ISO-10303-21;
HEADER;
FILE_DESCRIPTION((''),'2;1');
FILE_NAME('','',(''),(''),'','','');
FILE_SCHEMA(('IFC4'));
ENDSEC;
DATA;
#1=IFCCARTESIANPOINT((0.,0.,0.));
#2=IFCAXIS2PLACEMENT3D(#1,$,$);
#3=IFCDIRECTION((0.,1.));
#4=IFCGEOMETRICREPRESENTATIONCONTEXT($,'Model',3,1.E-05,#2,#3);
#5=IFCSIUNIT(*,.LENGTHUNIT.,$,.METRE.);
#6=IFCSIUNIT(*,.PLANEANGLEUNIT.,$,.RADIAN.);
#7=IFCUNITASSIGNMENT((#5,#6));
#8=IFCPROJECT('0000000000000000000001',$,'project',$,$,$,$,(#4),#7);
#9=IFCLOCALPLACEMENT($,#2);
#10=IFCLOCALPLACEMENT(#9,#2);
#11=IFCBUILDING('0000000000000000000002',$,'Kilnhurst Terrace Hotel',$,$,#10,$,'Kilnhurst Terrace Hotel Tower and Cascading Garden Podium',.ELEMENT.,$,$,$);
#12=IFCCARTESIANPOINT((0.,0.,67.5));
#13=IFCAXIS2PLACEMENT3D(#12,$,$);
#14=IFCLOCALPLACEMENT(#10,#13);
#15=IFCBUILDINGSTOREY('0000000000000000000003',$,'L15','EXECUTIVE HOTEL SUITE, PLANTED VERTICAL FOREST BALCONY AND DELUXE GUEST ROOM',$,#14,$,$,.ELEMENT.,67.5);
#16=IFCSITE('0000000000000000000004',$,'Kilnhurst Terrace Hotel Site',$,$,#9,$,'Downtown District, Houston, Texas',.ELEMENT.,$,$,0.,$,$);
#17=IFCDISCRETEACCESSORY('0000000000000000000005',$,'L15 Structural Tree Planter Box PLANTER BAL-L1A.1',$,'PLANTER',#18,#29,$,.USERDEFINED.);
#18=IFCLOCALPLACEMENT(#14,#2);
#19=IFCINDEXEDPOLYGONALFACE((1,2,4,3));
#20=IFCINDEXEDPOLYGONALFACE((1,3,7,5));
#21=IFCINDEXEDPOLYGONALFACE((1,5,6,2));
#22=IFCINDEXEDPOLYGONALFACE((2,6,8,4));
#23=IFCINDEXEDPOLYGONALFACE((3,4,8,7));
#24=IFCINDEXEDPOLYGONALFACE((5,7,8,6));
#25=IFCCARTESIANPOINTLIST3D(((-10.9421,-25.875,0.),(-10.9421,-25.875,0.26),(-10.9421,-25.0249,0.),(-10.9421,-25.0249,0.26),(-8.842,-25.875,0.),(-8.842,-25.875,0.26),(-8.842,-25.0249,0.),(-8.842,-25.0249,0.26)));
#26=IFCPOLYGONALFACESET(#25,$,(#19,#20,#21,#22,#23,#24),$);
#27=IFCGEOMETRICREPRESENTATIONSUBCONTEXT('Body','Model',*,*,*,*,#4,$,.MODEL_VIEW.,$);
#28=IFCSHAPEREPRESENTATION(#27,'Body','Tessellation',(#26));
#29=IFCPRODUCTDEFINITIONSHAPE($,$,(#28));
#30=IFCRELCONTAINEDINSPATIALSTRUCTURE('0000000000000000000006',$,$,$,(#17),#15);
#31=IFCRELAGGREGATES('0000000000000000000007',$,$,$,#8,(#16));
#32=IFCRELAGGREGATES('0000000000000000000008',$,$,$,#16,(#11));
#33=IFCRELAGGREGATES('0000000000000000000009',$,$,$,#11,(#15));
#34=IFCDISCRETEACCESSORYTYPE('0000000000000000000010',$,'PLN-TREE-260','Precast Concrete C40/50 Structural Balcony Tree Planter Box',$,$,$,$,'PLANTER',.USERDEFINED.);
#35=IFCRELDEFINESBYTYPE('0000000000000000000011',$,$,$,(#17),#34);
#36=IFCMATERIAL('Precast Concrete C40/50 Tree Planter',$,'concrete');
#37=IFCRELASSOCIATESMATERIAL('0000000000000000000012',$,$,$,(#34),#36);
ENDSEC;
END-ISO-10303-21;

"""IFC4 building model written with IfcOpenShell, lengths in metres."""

from ifc_helpers import new_model, si_unit, direction, frame, origin, origin_2d, place, context, subcontext, project, spatial, rectangle, extrude, material, type_object, element, save


model = new_model("IFC4")

# Units and contexts
model_context = context("Model", 3, precision=1e-05, world=origin(), true_north=direction((0.0, 1.0)))
body_context = subcontext(model_context, "Body", "Model", "MODEL_VIEW")
ifc_project = project(units=[si_unit("LENGTHUNIT", "METRE"), si_unit("PLANEANGLEUNIT", "RADIAN")], contexts=[model_context])

# Site, building, storey
site_placement = place(None, origin())
site = spatial("IfcSite", under=ifc_project, at=site_placement, Name="Kilnhurst Terrace Hotel Site", LongName="Downtown District, Houston, Texas", CompositionType="ELEMENT", RefElevation=0.0)
building_placement = place(site_placement, origin())
building = spatial("IfcBuilding", under=site, at=building_placement, Name="Kilnhurst Terrace Hotel", LongName="Kilnhurst Terrace Hotel Tower and Cascading Garden Podium", CompositionType="ELEMENT")
storey_placement = place(building_placement, frame((0.0, 0.0, 67.5)))
storey = spatial("IfcBuildingStorey", under=building, at=storey_placement, Name="L15", Description="EXECUTIVE HOTEL SUITE, PLANTED VERTICAL FOREST BALCONY AND DELUXE GUEST ROOM", CompositionType="ELEMENT", Elevation=67.5)

# Discrete accessory
ifc_material_1 = material(Name="Precast Concrete C40/50 Tree Planter", Category="concrete")
discrete_accessory_type = type_object("IfcDiscreteAccessoryType", Name="PLN-TREE-260", Description="Precast Concrete C40/50 Structural Balcony Tree Planter Box", ElementType="PLANTER", PredefinedType="USERDEFINED", material=ifc_material_1)
discrete_accessory_placement = place(storey_placement, frame((-9.8921, -25.45, 0.0), z_axis=(0.0, 0.0, 1.0), x_axis=(1.0, 0.0, 0.0)))
element("IfcDiscreteAccessory", 1, at=discrete_accessory_placement, inside=storey, type_object=discrete_accessory_type, Name="L15 Structural Tree Planter Box PLANTER BAL-L1A.1", ObjectType="PLANTER", PredefinedType="USERDEFINED", context=body_context, shape_type="SweptSolid", body=[
    extrude(rectangle(XDim=2.1001, YDim=0.8501, at=origin_2d()), origin(), (0.0, 0.0, 1.0), 0.26),
])

save(model, "model.ifc")
